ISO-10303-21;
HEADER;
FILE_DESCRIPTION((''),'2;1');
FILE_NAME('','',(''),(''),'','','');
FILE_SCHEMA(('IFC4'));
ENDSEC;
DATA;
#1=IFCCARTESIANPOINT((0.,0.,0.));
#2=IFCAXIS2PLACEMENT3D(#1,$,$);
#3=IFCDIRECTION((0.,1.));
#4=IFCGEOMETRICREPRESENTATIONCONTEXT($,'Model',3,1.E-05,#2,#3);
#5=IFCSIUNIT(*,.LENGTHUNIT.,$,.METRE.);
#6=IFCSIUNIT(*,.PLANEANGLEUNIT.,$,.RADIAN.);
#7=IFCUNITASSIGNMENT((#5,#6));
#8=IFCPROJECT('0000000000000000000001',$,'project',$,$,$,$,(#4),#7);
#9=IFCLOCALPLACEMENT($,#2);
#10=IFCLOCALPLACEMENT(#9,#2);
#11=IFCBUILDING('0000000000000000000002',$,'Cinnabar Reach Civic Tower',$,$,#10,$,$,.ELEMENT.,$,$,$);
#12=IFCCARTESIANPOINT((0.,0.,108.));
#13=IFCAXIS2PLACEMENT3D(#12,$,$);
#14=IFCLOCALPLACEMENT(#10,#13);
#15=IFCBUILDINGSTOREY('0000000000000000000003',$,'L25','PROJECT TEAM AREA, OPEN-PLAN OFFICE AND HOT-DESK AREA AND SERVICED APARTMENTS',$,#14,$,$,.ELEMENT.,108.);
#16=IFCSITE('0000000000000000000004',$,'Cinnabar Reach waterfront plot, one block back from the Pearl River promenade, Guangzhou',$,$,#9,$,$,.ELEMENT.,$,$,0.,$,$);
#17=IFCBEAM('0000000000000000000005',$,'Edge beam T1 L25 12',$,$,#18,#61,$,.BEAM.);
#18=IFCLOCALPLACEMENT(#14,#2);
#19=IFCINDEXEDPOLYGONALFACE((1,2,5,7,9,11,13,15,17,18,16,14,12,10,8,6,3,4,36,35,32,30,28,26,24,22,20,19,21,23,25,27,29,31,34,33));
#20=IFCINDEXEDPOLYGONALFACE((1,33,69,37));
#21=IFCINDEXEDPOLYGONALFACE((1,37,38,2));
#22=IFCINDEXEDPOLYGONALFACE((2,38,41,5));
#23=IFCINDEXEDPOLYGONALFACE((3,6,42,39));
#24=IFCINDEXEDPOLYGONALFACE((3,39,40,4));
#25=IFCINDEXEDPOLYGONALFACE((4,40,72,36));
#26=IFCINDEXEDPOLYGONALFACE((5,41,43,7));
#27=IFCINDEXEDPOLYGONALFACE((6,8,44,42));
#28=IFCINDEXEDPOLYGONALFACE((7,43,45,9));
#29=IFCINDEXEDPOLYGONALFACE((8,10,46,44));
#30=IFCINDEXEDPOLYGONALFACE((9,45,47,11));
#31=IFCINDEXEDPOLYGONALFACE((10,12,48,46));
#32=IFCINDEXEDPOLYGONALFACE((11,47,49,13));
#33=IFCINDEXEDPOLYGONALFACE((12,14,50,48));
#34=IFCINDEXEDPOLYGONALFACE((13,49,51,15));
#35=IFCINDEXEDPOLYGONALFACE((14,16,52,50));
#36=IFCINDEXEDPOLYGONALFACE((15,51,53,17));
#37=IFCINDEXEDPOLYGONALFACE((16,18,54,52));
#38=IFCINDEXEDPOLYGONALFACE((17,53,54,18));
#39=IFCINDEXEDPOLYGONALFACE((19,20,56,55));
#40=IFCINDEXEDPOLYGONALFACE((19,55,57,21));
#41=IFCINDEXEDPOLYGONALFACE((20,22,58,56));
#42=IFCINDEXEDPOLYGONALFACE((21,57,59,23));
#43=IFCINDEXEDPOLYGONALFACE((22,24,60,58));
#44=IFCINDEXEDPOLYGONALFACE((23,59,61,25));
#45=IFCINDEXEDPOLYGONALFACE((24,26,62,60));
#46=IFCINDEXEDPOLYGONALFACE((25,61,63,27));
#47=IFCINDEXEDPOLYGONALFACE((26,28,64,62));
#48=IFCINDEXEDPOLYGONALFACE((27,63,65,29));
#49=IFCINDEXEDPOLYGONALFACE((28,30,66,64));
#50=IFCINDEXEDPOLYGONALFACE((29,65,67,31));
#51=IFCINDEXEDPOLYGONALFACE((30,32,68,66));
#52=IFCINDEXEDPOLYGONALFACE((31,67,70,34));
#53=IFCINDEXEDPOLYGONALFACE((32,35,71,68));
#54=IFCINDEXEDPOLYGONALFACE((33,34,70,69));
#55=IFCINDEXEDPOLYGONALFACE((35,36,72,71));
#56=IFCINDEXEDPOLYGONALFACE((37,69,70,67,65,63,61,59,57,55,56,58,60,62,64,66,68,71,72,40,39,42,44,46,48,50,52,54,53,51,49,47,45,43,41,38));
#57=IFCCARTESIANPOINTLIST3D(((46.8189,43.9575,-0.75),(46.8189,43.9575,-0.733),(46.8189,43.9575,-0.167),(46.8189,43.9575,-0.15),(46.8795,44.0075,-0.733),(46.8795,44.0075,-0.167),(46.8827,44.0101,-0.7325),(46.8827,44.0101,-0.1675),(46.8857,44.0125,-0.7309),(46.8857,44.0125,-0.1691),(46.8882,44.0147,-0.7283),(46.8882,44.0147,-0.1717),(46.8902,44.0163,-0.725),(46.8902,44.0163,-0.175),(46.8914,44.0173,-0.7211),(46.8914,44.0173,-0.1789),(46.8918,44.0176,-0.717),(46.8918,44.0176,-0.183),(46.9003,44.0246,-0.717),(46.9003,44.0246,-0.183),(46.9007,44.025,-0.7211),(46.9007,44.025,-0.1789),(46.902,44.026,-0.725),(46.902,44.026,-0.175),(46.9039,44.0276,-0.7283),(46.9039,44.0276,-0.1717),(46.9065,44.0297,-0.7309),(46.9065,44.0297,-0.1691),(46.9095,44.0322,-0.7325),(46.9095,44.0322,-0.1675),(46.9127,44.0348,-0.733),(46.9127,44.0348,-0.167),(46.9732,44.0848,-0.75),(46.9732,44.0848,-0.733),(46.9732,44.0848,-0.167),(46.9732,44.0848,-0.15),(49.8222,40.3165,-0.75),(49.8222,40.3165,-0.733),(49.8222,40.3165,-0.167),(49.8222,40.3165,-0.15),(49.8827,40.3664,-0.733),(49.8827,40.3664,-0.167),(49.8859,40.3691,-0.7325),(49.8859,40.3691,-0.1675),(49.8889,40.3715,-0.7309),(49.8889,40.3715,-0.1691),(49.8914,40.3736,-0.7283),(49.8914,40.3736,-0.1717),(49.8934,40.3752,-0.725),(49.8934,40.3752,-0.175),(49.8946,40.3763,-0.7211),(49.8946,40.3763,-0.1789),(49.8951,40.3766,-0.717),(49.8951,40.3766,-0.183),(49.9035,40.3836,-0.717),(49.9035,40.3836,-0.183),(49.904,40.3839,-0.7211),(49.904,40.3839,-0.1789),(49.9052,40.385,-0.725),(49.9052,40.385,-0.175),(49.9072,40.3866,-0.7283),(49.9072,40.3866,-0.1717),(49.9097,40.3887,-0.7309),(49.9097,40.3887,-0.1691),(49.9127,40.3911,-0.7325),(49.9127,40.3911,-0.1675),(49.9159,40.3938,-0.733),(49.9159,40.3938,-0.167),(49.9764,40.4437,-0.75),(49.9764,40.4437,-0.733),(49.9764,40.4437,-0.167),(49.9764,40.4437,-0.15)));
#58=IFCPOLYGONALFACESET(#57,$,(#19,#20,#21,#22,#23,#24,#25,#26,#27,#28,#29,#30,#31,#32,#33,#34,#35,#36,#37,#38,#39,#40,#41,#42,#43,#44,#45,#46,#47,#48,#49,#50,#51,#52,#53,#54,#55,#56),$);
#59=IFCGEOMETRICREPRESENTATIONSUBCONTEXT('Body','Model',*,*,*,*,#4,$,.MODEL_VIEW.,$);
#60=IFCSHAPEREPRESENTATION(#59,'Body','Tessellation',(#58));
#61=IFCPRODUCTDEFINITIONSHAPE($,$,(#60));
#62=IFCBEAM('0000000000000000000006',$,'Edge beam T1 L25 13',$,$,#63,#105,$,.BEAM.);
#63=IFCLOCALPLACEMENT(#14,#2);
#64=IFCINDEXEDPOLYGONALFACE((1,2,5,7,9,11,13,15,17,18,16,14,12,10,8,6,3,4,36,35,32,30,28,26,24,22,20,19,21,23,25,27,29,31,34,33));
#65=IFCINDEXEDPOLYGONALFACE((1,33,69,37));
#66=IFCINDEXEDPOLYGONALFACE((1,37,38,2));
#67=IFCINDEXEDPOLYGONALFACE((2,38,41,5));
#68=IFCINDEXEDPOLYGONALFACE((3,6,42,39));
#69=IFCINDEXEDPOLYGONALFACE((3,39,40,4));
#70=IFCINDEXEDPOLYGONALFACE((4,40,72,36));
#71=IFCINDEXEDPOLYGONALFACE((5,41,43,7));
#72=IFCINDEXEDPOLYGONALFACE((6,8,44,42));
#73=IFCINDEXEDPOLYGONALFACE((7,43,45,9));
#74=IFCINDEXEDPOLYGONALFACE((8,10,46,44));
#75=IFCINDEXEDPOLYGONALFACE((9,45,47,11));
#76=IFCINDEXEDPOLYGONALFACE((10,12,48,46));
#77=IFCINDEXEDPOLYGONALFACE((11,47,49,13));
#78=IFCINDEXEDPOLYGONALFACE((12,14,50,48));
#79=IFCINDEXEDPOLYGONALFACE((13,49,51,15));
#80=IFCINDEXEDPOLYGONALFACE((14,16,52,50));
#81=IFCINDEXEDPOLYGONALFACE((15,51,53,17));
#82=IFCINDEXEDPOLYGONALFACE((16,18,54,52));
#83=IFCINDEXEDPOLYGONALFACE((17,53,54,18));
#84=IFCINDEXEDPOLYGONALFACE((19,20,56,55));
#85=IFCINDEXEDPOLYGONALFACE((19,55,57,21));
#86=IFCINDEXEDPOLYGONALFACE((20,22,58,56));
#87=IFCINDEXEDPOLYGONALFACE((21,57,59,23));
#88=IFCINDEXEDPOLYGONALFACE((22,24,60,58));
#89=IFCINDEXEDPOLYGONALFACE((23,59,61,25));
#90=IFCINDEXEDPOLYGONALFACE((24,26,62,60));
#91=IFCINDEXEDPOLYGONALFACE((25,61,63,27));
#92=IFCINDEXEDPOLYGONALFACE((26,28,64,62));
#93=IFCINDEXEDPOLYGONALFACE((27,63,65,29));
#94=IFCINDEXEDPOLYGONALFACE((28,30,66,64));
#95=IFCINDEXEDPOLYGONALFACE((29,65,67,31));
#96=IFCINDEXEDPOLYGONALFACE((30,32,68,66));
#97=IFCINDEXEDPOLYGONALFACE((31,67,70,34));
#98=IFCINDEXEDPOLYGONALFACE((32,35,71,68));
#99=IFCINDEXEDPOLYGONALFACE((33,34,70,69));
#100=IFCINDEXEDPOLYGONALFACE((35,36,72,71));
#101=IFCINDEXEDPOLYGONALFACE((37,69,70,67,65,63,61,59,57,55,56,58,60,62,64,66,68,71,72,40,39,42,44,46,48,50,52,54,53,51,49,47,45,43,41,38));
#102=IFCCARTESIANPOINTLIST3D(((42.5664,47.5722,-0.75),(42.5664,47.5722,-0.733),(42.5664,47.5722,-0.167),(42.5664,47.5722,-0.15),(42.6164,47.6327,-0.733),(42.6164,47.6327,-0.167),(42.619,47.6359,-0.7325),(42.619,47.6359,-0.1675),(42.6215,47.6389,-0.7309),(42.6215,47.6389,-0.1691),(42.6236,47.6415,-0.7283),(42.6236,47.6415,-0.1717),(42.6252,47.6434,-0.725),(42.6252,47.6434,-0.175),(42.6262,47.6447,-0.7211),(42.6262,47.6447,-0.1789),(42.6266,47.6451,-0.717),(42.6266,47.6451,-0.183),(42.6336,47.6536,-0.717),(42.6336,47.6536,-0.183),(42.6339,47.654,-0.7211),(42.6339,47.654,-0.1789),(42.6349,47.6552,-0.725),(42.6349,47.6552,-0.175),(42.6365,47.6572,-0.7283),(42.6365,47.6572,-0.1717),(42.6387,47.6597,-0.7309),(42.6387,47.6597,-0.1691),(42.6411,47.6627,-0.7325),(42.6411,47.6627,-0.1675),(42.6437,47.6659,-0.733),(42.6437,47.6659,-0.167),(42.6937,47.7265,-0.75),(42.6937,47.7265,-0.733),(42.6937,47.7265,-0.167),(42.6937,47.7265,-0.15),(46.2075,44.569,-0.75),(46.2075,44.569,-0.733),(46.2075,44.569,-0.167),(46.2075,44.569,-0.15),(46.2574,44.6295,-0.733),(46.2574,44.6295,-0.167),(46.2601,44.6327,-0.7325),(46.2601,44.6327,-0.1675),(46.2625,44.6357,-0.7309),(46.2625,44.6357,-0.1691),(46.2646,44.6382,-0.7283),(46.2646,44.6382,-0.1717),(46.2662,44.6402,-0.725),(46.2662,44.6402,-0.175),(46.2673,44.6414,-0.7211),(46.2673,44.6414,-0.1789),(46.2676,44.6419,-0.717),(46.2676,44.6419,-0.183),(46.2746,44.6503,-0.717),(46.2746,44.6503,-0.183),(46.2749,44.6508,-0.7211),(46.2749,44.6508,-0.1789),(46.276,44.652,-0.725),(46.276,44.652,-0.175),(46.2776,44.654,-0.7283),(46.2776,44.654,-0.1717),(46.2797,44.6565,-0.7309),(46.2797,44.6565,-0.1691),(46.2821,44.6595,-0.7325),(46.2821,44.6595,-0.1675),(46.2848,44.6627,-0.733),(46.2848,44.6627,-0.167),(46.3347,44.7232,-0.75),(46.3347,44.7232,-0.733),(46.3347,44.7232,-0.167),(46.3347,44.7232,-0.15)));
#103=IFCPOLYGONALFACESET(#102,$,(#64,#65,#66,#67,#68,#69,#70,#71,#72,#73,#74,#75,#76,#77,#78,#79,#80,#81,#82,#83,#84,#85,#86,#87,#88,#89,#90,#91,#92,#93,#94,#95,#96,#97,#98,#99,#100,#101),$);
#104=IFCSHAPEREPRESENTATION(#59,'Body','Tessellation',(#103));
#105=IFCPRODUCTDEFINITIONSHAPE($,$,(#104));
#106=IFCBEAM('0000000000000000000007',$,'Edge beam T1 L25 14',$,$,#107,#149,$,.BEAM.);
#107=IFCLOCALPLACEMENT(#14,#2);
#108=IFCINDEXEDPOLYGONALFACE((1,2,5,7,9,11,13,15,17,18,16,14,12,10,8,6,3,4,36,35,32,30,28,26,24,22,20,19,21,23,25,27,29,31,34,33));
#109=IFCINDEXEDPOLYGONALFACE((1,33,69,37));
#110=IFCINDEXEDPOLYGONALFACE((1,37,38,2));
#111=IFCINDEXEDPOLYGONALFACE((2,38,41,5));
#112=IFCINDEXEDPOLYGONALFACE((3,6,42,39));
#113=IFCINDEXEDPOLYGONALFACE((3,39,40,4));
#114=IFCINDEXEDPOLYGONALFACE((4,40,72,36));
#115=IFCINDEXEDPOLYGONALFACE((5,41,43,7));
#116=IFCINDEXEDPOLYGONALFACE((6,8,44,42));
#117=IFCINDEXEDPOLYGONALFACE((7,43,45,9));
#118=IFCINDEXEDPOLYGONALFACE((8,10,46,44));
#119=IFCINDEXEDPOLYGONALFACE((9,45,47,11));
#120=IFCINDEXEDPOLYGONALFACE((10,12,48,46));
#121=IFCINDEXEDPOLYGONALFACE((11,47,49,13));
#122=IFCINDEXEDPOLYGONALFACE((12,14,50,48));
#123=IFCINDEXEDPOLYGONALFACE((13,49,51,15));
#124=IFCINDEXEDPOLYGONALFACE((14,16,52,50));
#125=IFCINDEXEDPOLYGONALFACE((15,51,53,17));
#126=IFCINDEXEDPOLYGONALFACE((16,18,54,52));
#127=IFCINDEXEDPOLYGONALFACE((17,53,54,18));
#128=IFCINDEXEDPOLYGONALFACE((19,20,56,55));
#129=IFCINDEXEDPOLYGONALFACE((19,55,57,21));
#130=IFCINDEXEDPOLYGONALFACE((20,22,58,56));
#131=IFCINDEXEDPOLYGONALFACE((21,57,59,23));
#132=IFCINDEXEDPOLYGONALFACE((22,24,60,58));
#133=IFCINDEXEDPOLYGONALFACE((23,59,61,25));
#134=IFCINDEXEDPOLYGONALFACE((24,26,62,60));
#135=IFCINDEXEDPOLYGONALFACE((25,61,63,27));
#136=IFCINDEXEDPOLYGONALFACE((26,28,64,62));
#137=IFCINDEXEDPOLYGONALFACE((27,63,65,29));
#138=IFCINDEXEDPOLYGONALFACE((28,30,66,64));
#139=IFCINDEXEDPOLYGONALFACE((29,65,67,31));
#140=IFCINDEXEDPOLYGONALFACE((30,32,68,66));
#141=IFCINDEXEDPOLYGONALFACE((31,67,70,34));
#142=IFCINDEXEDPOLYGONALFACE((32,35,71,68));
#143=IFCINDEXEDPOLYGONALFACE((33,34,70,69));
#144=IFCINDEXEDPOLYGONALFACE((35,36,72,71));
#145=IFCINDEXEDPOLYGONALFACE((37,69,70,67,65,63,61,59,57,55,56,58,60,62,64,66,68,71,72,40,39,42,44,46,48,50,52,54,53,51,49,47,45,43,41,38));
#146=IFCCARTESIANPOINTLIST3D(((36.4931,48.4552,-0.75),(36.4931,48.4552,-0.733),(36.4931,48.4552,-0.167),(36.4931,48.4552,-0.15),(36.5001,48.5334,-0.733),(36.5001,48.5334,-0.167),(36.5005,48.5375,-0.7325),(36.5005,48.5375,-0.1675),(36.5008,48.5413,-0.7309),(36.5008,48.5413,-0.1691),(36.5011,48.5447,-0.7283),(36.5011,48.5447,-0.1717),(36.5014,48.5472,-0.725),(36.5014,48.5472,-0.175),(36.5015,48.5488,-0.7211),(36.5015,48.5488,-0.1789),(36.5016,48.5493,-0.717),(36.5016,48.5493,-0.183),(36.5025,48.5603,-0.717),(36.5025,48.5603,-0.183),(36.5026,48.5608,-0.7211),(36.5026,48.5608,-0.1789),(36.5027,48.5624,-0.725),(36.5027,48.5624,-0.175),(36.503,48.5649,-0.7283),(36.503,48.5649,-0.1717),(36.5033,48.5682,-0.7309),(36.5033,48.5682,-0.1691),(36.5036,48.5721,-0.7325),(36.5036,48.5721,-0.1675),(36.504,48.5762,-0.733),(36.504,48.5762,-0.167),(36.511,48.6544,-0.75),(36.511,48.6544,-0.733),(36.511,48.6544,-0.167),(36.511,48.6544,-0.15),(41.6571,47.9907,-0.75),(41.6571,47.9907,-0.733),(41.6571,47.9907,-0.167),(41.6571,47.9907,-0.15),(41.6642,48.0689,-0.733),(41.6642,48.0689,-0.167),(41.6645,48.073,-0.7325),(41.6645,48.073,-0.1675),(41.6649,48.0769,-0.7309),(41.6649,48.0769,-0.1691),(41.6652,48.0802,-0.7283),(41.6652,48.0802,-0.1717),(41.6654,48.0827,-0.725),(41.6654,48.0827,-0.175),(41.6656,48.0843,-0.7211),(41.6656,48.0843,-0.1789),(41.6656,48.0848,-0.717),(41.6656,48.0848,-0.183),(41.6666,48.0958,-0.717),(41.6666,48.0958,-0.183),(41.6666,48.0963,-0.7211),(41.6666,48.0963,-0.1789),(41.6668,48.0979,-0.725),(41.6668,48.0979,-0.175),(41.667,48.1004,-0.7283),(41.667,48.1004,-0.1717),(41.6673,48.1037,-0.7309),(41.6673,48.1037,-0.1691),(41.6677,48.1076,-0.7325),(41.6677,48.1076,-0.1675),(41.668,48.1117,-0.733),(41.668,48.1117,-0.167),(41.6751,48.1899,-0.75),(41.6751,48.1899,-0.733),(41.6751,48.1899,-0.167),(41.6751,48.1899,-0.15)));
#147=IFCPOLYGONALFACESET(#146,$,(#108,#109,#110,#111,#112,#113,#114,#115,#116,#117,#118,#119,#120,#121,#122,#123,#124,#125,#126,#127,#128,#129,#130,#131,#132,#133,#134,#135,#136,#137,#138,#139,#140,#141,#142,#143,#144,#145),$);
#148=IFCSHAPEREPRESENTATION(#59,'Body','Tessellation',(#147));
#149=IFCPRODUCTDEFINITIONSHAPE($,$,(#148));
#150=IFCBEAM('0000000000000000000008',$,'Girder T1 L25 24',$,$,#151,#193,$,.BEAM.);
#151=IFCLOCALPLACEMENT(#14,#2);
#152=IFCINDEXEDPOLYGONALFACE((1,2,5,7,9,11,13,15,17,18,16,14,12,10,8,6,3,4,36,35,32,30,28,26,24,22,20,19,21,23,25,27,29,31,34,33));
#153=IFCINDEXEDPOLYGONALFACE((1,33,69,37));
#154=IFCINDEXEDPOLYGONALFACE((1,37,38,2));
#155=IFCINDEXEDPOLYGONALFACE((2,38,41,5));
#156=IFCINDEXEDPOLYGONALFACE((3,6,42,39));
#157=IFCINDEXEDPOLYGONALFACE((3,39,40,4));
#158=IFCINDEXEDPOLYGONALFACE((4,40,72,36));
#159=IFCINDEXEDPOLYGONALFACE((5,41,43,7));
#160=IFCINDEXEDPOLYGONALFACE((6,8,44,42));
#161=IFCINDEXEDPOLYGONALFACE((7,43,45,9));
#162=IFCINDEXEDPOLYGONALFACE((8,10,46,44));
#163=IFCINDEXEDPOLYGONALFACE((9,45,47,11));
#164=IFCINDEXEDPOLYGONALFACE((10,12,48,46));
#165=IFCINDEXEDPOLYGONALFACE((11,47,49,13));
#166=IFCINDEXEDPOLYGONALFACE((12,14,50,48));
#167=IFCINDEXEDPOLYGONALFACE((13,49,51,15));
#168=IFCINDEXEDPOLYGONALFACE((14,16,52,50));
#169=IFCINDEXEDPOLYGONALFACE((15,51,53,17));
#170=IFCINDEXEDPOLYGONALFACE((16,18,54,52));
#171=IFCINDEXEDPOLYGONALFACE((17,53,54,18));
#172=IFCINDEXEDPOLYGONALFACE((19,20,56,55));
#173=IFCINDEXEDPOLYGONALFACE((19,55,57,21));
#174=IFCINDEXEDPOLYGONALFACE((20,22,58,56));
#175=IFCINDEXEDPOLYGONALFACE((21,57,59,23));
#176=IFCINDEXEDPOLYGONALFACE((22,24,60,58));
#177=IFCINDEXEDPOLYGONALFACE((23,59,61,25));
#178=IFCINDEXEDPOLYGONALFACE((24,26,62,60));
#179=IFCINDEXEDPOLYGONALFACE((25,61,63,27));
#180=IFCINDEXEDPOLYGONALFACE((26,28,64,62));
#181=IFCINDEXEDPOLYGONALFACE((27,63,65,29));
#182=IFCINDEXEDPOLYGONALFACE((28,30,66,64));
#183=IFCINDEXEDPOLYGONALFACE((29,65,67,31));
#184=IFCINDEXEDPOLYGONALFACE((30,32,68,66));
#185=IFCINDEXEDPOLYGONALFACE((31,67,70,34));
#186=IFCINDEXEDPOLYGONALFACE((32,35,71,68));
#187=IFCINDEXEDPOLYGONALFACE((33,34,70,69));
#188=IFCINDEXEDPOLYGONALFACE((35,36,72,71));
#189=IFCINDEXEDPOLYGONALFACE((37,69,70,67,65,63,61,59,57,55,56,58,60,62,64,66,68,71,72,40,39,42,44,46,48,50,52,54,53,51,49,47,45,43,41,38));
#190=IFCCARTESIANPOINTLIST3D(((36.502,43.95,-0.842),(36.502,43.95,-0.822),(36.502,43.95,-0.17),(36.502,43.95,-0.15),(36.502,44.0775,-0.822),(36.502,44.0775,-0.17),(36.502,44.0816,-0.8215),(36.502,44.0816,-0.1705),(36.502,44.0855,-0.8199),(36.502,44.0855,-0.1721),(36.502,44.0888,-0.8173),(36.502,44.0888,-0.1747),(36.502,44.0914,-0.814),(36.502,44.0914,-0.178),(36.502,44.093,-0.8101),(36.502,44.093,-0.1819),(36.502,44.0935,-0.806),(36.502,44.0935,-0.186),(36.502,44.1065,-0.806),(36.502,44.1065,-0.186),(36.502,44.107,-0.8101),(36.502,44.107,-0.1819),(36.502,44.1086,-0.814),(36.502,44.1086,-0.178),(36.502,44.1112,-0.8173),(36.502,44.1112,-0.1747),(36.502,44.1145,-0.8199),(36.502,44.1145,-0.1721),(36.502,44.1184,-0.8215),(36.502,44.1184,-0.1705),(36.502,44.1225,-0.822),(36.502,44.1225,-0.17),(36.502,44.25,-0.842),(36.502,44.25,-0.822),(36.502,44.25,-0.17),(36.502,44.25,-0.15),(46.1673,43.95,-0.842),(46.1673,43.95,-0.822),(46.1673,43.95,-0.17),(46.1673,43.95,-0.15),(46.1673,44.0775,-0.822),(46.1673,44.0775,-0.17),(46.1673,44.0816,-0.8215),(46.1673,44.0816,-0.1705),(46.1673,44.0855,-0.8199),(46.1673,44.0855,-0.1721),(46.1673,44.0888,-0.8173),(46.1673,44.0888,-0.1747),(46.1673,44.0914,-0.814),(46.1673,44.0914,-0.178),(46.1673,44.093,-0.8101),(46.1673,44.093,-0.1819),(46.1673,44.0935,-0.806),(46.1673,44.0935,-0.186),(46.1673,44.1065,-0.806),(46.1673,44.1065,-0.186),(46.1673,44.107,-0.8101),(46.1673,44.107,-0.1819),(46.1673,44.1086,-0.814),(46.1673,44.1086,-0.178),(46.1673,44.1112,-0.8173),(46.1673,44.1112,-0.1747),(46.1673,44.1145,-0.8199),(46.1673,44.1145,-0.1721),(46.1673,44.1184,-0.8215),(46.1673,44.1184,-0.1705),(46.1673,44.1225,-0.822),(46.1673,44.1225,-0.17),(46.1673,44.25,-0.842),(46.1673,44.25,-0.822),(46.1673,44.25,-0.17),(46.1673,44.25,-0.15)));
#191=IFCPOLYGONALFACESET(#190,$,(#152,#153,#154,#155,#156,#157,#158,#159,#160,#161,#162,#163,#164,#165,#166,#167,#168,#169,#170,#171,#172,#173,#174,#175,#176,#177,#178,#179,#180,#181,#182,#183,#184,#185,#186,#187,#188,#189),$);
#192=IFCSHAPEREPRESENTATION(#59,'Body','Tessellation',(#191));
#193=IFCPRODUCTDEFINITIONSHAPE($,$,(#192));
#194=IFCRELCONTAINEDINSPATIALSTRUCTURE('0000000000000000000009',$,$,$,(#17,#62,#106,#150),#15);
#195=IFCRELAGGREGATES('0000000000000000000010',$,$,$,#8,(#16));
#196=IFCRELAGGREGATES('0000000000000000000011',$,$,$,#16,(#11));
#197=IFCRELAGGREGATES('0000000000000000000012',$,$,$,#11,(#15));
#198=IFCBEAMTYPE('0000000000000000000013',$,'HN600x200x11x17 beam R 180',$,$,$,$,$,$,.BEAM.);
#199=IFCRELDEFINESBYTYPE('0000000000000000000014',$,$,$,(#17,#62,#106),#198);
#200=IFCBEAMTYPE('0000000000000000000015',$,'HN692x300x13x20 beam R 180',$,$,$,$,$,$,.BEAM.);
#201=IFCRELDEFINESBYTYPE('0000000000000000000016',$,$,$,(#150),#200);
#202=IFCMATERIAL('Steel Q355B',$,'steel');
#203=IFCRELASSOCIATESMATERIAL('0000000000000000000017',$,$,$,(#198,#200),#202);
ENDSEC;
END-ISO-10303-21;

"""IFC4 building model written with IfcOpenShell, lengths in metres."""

from ifc_helpers import new_model, si_unit, direction, frame, origin, origin_2d, place, context, subcontext, project, spatial, i_section, extrude, material, material_profile, profile_set, type_object, element, save


model = new_model("IFC4")

# Units and contexts
model_context = context("Model", 3, precision=1e-05, world=origin(), true_north=direction((0.0, 1.0)))
body_context = subcontext(model_context, "Body", "Model", "MODEL_VIEW")
ifc_project = project(units=[si_unit("LENGTHUNIT", "METRE"), si_unit("PLANEANGLEUNIT", "RADIAN")], contexts=[model_context])

# Site, building, storey
site_placement = place(None, origin())
site = spatial("IfcSite", under=ifc_project, at=site_placement, Name="Cinnabar Reach waterfront plot, one block back from the Pearl River promenade, Guangzhou", CompositionType="ELEMENT", RefElevation=0.0)
building_placement = place(site_placement, origin())
building = spatial("IfcBuilding", under=site, at=building_placement, Name="Cinnabar Reach Civic Tower", CompositionType="ELEMENT")
storey_placement = place(building_placement, frame((0.0, 0.0, 108.0)))
storey = spatial("IfcBuildingStorey", under=building, at=storey_placement, Name="L25", Description="PROJECT TEAM AREA, OPEN-PLAN OFFICE AND HOT-DESK AREA AND SERVICED APARTMENTS", CompositionType="ELEMENT", Elevation=108.0)

# Beams
ifc_material_1 = material(Name="Steel Q355B", Category="steel")
ifc_material_profile_1 = material_profile(ifc_material_1, i_section(OverallWidth=0.2, OverallDepth=0.6, WebThickness=0.011, FlangeThickness=0.017, FilletRadius=0.016, at=origin_2d()), Name="HN600x200x11x17")
ifc_profile_set_1 = profile_set([ifc_material_profile_1], Name="Steel Q355B")
beam_type_1 = type_object("IfcBeamType", Name="HN600x200x11x17 beam R 180", PredefinedType="BEAM", material=ifc_profile_set_1)
for number, where, z_axis, x_axis, name in (
    (1, (49.8993, 40.3801, -0.45), (-0.636304, 0.771438, 0.0), (-0.771438, -0.636304, 0.0), "Edge beam T1 L25 12"),
    (2, (46.2711, 44.6461, -0.45), (-0.771438, 0.636304, 0.0), (-0.636304, -0.771438, 0.0), "Edge beam T1 L25 13"),
):
    element("IfcBeam", number, at=place(storey_placement, frame(where, z_axis=z_axis, x_axis=x_axis)), inside=storey, type_object=beam_type_1, Name=name, PredefinedType="BEAM", context=body_context, shape_type="SweptSolid", body=[
        extrude(i_section(OverallWidth=0.2, OverallDepth=0.6, WebThickness=0.011, FlangeThickness=0.017, FilletRadius=0.016, at=origin_2d()), origin(), (0.0, 0.0, 1.0), 4.7198),
    ])
beam_1_placement = place(storey_placement, frame((41.6661, 48.0903, -0.45), z_axis=(-0.995979, 0.089586, 0.0), x_axis=(-0.089586, -0.995979, 0.0)))
element("IfcBeam", 3, at=beam_1_placement, inside=storey, type_object=beam_type_1, Name="Edge beam T1 L25 14", PredefinedType="BEAM", context=body_context, shape_type="SweptSolid", body=[
    extrude(i_section(OverallWidth=0.2, OverallDepth=0.6, WebThickness=0.011, FlangeThickness=0.017, FilletRadius=0.016, at=origin_2d()), origin(), (0.0, 0.0, 1.0), 5.1849),
])
ifc_material_profile_2 = material_profile(ifc_material_1, i_section(OverallWidth=0.3, OverallDepth=0.692, WebThickness=0.013, FlangeThickness=0.02, FilletRadius=0.016, at=origin_2d()), Name="HN692x300x13x20")
ifc_profile_set_2 = profile_set([ifc_material_profile_2], Name="Steel Q355B")
beam_type_2 = type_object("IfcBeamType", Name="HN692x300x13x20 beam R 180", PredefinedType="BEAM", material=ifc_profile_set_2)
beam_2_placement = place(storey_placement, frame((36.502, 44.1, -0.496), z_axis=(1.0, 0.0, 0.0), x_axis=(0.0, 1.0, 0.0)))
element("IfcBeam", 4, at=beam_2_placement, inside=storey, type_object=beam_type_2, Name="Girder T1 L25 24", PredefinedType="BEAM", context=body_context, shape_type="SweptSolid", body=[
    extrude(i_section(OverallWidth=0.3, OverallDepth=0.692, WebThickness=0.013, FlangeThickness=0.02, FilletRadius=0.016, at=origin_2d()), origin(), (0.0, 0.0, 1.0), 9.6653),
])

save(model, "model.ifc")
